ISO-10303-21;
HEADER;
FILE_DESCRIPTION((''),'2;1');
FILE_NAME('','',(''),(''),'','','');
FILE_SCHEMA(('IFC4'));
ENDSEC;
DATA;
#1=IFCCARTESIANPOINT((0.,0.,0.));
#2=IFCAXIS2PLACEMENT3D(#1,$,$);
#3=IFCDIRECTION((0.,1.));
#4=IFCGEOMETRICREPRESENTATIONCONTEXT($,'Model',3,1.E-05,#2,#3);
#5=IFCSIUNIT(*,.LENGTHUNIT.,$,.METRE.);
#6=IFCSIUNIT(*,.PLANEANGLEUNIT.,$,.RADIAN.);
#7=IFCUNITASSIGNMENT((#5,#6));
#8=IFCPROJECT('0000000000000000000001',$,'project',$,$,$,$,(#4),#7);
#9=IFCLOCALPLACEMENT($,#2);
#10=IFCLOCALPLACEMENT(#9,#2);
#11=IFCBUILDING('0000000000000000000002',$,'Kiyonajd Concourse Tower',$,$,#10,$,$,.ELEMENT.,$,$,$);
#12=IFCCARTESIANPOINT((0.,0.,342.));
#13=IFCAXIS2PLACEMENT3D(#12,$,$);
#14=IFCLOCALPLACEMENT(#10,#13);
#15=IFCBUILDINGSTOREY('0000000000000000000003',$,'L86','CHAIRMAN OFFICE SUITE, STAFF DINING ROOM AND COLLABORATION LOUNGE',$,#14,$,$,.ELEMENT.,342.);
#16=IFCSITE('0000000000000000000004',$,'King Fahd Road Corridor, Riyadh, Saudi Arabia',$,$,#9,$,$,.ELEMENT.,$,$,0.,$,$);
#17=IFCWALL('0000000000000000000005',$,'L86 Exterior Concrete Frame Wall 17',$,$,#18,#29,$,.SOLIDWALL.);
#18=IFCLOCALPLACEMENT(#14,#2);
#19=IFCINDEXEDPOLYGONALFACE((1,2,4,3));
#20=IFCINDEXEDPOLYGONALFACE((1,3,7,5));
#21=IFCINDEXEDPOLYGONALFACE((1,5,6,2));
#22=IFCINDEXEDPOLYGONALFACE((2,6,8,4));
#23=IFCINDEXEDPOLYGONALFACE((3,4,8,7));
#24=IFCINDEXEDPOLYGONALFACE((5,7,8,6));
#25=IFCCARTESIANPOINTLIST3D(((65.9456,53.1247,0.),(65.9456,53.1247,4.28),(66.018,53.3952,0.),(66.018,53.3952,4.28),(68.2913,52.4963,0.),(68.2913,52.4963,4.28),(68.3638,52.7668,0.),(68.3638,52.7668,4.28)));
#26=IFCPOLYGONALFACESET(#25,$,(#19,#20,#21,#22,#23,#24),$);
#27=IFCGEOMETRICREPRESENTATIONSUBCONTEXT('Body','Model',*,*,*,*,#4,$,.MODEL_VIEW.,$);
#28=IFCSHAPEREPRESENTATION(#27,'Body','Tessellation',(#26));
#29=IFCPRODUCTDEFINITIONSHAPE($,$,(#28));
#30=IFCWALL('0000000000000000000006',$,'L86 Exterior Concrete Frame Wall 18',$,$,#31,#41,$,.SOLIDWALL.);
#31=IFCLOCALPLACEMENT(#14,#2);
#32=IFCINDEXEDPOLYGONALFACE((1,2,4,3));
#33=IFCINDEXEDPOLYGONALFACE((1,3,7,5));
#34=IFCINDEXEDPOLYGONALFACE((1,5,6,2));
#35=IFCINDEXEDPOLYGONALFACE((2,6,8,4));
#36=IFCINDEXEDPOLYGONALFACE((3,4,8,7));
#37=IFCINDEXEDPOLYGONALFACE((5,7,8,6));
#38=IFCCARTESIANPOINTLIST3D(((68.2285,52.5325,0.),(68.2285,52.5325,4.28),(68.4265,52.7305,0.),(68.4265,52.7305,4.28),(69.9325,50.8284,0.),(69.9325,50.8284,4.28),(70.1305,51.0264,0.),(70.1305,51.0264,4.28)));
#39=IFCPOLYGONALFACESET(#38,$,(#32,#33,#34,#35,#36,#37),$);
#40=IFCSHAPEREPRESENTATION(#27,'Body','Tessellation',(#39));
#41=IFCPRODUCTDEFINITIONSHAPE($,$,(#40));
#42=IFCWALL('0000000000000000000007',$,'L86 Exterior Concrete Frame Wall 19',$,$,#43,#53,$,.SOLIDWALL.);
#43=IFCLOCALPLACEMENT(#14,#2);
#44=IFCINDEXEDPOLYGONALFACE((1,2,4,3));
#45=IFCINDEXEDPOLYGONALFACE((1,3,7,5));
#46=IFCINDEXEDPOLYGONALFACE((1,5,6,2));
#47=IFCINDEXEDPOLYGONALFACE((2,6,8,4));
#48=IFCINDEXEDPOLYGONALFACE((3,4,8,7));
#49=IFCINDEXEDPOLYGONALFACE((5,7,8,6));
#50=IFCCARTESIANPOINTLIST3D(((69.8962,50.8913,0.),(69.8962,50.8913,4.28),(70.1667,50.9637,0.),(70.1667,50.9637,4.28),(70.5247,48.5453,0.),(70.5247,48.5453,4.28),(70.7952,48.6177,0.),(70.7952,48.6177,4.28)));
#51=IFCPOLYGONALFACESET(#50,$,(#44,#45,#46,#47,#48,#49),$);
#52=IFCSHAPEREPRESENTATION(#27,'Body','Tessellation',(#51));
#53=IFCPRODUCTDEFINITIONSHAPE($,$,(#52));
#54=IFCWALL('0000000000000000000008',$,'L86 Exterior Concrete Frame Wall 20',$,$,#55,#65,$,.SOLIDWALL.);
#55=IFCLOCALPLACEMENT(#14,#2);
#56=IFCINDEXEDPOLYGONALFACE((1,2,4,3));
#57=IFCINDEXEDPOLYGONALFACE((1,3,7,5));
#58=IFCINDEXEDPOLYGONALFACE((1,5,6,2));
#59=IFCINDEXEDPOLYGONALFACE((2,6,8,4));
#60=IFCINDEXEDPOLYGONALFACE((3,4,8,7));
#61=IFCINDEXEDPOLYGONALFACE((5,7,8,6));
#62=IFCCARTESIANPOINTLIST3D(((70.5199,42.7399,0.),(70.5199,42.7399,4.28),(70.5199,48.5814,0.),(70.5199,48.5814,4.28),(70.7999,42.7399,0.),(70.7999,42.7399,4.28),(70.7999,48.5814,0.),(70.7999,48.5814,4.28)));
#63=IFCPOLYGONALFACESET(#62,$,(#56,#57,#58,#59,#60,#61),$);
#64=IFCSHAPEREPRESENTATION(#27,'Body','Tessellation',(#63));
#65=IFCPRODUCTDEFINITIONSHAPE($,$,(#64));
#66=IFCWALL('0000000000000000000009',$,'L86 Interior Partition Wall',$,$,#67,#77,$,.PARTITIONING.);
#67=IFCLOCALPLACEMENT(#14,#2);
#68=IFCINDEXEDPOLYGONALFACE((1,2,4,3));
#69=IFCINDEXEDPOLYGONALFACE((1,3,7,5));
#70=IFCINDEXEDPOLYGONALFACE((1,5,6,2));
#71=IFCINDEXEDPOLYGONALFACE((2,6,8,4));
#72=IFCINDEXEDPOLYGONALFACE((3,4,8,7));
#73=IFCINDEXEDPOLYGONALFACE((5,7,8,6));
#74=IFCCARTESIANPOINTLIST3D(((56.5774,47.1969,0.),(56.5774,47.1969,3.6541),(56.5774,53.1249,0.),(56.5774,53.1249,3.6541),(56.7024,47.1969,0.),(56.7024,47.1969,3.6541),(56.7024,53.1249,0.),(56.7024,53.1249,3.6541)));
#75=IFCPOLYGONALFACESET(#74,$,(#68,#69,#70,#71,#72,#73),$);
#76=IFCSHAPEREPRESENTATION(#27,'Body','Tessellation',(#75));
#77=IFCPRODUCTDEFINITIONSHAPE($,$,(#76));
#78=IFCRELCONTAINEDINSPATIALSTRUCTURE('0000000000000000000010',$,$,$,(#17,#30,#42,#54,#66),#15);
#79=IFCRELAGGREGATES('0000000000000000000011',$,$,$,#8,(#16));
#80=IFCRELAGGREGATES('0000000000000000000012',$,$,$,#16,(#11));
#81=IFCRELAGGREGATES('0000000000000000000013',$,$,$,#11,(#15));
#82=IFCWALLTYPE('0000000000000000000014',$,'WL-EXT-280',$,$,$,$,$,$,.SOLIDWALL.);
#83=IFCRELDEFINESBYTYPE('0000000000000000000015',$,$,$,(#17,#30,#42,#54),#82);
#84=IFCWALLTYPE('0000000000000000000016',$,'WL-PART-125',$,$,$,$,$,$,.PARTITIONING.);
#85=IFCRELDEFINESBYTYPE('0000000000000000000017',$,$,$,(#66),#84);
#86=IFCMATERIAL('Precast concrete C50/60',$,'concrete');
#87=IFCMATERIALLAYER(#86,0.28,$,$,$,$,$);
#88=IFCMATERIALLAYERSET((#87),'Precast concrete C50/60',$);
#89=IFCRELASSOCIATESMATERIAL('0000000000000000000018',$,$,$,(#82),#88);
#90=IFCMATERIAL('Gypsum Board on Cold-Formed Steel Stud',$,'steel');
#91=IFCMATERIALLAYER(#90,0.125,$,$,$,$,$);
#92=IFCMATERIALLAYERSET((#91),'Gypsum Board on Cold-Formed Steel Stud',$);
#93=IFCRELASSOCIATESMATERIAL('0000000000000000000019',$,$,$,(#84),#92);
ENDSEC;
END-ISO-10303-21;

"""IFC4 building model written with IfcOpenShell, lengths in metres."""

from ifc_helpers import new_model, si_unit, direction, frame, frame_2d, origin, place, context, subcontext, project, spatial, rectangle, extrude, material, layer, layer_set, type_object, element, save


model = new_model("IFC4")

# Units and contexts
model_context = context("Model", 3, precision=1e-05, world=origin(), true_north=direction((0.0, 1.0)))
body_context = subcontext(model_context, "Body", "Model", "MODEL_VIEW")
ifc_project = project(units=[si_unit("LENGTHUNIT", "METRE"), si_unit("PLANEANGLEUNIT", "RADIAN")], contexts=[model_context])

# Site, building, storey
site_placement = place(None, origin())
site = spatial("IfcSite", under=ifc_project, at=site_placement, Name="King Fahd Road Corridor, Riyadh, Saudi Arabia", CompositionType="ELEMENT", RefElevation=0.0)
building_placement = place(site_placement, origin())
building = spatial("IfcBuilding", under=site, at=building_placement, Name="Kiyonajd Concourse Tower", CompositionType="ELEMENT")
storey_placement = place(building_placement, frame((0.0, 0.0, 342.0)))
storey = spatial("IfcBuildingStorey", under=building, at=storey_placement, Name="L86", Description="CHAIRMAN OFFICE SUITE, STAFF DINING ROOM AND COLLABORATION LOUNGE", CompositionType="ELEMENT", Elevation=342.0)

# Walls
ifc_material_1 = material(Name="Precast concrete C50/60", Category="concrete")
ifc_layer_1 = layer(ifc_material_1, 0.28)
ifc_layer_set_1 = layer_set([ifc_layer_1], Name="Precast concrete C50/60")
wall_type_1 = type_object("IfcWallType", Name="WL-EXT-280", PredefinedType="SOLIDWALL", material=ifc_layer_set_1)
wall_1_placement = place(storey_placement, frame((65.9817, 53.26, 0.0), z_axis=(0.0, 0.0, 1.0), x_axis=(0.965937, -0.258776, 0.0)))
element("IfcWall", 1, at=wall_1_placement, inside=storey, type_object=wall_type_1, Name="L86 Exterior Concrete Frame Wall 17", PredefinedType="SOLIDWALL", context=body_context, shape_type="SweptSolid", body=[
    extrude(rectangle(XDim=2.4285, YDim=0.28, at=frame_2d((1.2144, 0.0))), origin(), (0.0, 0.0, 1.0), 4.28),
])
wall_2_placement = place(storey_placement, frame((68.3274, 52.6316, 0.0), z_axis=(0.0, 0.0, 1.0), x_axis=(0.707107, -0.707107, 0.0)))
element("IfcWall", 2, at=wall_2_placement, inside=storey, type_object=wall_type_1, Name="L86 Exterior Concrete Frame Wall 18", PredefinedType="SOLIDWALL", context=body_context, shape_type="SweptSolid", body=[
    extrude(rectangle(XDim=2.4099, YDim=0.28, at=frame_2d((1.2051, 0.0))), origin(), (0.0, 0.0, 1.0), 4.28),
])
wall_3_placement = place(storey_placement, frame((70.0315, 50.9275, 0.0), z_axis=(0.0, 0.0, 1.0), x_axis=(0.258751, -0.965944, 0.0)))
element("IfcWall", 3, at=wall_3_placement, inside=storey, type_object=wall_type_1, Name="L86 Exterior Concrete Frame Wall 19", PredefinedType="SOLIDWALL", context=body_context, shape_type="SweptSolid", body=[
    extrude(rectangle(XDim=2.4287, YDim=0.28, at=frame_2d((1.2144, 0.0))), origin(), (0.0, 0.0, 1.0), 4.28),
])
wall_4_placement = place(storey_placement, frame((70.6599, 48.5815, 0.0), z_axis=(0.0, 0.0, 1.0), x_axis=(0.0, -1.0, 0.0)))
element("IfcWall", 4, at=wall_4_placement, inside=storey, type_object=wall_type_1, Name="L86 Exterior Concrete Frame Wall 20", PredefinedType="SOLIDWALL", context=body_context, shape_type="SweptSolid", body=[
    extrude(rectangle(XDim=5.8416, YDim=0.28, at=frame_2d((2.9209, 0.0))), origin(), (0.0, 0.0, 1.0), 4.28),
])
ifc_material_2 = material(Name="Gypsum Board on Cold-Formed Steel Stud", Category="steel")
ifc_layer_2 = layer(ifc_material_2, 0.125)
ifc_layer_set_2 = layer_set([ifc_layer_2], Name="Gypsum Board on Cold-Formed Steel Stud")
wall_type_2 = type_object("IfcWallType", Name="WL-PART-125", PredefinedType="PARTITIONING", material=ifc_layer_set_2)
wall_5_placement = place(storey_placement, frame((56.6399, 47.197, 0.0), z_axis=(0.0, 0.0, 1.0), x_axis=(0.0, 1.0, 0.0)))
element("IfcWall", 5, at=wall_5_placement, inside=storey, type_object=wall_type_2, Name="L86 Interior Partition Wall", PredefinedType="PARTITIONING", context=body_context, shape_type="SweptSolid", body=[
    extrude(rectangle(XDim=5.928, YDim=0.125, at=frame_2d((2.9639, 0.0))), origin(), (0.0, 0.0, 1.0), 3.6541),
])

save(model, "model.ifc")
